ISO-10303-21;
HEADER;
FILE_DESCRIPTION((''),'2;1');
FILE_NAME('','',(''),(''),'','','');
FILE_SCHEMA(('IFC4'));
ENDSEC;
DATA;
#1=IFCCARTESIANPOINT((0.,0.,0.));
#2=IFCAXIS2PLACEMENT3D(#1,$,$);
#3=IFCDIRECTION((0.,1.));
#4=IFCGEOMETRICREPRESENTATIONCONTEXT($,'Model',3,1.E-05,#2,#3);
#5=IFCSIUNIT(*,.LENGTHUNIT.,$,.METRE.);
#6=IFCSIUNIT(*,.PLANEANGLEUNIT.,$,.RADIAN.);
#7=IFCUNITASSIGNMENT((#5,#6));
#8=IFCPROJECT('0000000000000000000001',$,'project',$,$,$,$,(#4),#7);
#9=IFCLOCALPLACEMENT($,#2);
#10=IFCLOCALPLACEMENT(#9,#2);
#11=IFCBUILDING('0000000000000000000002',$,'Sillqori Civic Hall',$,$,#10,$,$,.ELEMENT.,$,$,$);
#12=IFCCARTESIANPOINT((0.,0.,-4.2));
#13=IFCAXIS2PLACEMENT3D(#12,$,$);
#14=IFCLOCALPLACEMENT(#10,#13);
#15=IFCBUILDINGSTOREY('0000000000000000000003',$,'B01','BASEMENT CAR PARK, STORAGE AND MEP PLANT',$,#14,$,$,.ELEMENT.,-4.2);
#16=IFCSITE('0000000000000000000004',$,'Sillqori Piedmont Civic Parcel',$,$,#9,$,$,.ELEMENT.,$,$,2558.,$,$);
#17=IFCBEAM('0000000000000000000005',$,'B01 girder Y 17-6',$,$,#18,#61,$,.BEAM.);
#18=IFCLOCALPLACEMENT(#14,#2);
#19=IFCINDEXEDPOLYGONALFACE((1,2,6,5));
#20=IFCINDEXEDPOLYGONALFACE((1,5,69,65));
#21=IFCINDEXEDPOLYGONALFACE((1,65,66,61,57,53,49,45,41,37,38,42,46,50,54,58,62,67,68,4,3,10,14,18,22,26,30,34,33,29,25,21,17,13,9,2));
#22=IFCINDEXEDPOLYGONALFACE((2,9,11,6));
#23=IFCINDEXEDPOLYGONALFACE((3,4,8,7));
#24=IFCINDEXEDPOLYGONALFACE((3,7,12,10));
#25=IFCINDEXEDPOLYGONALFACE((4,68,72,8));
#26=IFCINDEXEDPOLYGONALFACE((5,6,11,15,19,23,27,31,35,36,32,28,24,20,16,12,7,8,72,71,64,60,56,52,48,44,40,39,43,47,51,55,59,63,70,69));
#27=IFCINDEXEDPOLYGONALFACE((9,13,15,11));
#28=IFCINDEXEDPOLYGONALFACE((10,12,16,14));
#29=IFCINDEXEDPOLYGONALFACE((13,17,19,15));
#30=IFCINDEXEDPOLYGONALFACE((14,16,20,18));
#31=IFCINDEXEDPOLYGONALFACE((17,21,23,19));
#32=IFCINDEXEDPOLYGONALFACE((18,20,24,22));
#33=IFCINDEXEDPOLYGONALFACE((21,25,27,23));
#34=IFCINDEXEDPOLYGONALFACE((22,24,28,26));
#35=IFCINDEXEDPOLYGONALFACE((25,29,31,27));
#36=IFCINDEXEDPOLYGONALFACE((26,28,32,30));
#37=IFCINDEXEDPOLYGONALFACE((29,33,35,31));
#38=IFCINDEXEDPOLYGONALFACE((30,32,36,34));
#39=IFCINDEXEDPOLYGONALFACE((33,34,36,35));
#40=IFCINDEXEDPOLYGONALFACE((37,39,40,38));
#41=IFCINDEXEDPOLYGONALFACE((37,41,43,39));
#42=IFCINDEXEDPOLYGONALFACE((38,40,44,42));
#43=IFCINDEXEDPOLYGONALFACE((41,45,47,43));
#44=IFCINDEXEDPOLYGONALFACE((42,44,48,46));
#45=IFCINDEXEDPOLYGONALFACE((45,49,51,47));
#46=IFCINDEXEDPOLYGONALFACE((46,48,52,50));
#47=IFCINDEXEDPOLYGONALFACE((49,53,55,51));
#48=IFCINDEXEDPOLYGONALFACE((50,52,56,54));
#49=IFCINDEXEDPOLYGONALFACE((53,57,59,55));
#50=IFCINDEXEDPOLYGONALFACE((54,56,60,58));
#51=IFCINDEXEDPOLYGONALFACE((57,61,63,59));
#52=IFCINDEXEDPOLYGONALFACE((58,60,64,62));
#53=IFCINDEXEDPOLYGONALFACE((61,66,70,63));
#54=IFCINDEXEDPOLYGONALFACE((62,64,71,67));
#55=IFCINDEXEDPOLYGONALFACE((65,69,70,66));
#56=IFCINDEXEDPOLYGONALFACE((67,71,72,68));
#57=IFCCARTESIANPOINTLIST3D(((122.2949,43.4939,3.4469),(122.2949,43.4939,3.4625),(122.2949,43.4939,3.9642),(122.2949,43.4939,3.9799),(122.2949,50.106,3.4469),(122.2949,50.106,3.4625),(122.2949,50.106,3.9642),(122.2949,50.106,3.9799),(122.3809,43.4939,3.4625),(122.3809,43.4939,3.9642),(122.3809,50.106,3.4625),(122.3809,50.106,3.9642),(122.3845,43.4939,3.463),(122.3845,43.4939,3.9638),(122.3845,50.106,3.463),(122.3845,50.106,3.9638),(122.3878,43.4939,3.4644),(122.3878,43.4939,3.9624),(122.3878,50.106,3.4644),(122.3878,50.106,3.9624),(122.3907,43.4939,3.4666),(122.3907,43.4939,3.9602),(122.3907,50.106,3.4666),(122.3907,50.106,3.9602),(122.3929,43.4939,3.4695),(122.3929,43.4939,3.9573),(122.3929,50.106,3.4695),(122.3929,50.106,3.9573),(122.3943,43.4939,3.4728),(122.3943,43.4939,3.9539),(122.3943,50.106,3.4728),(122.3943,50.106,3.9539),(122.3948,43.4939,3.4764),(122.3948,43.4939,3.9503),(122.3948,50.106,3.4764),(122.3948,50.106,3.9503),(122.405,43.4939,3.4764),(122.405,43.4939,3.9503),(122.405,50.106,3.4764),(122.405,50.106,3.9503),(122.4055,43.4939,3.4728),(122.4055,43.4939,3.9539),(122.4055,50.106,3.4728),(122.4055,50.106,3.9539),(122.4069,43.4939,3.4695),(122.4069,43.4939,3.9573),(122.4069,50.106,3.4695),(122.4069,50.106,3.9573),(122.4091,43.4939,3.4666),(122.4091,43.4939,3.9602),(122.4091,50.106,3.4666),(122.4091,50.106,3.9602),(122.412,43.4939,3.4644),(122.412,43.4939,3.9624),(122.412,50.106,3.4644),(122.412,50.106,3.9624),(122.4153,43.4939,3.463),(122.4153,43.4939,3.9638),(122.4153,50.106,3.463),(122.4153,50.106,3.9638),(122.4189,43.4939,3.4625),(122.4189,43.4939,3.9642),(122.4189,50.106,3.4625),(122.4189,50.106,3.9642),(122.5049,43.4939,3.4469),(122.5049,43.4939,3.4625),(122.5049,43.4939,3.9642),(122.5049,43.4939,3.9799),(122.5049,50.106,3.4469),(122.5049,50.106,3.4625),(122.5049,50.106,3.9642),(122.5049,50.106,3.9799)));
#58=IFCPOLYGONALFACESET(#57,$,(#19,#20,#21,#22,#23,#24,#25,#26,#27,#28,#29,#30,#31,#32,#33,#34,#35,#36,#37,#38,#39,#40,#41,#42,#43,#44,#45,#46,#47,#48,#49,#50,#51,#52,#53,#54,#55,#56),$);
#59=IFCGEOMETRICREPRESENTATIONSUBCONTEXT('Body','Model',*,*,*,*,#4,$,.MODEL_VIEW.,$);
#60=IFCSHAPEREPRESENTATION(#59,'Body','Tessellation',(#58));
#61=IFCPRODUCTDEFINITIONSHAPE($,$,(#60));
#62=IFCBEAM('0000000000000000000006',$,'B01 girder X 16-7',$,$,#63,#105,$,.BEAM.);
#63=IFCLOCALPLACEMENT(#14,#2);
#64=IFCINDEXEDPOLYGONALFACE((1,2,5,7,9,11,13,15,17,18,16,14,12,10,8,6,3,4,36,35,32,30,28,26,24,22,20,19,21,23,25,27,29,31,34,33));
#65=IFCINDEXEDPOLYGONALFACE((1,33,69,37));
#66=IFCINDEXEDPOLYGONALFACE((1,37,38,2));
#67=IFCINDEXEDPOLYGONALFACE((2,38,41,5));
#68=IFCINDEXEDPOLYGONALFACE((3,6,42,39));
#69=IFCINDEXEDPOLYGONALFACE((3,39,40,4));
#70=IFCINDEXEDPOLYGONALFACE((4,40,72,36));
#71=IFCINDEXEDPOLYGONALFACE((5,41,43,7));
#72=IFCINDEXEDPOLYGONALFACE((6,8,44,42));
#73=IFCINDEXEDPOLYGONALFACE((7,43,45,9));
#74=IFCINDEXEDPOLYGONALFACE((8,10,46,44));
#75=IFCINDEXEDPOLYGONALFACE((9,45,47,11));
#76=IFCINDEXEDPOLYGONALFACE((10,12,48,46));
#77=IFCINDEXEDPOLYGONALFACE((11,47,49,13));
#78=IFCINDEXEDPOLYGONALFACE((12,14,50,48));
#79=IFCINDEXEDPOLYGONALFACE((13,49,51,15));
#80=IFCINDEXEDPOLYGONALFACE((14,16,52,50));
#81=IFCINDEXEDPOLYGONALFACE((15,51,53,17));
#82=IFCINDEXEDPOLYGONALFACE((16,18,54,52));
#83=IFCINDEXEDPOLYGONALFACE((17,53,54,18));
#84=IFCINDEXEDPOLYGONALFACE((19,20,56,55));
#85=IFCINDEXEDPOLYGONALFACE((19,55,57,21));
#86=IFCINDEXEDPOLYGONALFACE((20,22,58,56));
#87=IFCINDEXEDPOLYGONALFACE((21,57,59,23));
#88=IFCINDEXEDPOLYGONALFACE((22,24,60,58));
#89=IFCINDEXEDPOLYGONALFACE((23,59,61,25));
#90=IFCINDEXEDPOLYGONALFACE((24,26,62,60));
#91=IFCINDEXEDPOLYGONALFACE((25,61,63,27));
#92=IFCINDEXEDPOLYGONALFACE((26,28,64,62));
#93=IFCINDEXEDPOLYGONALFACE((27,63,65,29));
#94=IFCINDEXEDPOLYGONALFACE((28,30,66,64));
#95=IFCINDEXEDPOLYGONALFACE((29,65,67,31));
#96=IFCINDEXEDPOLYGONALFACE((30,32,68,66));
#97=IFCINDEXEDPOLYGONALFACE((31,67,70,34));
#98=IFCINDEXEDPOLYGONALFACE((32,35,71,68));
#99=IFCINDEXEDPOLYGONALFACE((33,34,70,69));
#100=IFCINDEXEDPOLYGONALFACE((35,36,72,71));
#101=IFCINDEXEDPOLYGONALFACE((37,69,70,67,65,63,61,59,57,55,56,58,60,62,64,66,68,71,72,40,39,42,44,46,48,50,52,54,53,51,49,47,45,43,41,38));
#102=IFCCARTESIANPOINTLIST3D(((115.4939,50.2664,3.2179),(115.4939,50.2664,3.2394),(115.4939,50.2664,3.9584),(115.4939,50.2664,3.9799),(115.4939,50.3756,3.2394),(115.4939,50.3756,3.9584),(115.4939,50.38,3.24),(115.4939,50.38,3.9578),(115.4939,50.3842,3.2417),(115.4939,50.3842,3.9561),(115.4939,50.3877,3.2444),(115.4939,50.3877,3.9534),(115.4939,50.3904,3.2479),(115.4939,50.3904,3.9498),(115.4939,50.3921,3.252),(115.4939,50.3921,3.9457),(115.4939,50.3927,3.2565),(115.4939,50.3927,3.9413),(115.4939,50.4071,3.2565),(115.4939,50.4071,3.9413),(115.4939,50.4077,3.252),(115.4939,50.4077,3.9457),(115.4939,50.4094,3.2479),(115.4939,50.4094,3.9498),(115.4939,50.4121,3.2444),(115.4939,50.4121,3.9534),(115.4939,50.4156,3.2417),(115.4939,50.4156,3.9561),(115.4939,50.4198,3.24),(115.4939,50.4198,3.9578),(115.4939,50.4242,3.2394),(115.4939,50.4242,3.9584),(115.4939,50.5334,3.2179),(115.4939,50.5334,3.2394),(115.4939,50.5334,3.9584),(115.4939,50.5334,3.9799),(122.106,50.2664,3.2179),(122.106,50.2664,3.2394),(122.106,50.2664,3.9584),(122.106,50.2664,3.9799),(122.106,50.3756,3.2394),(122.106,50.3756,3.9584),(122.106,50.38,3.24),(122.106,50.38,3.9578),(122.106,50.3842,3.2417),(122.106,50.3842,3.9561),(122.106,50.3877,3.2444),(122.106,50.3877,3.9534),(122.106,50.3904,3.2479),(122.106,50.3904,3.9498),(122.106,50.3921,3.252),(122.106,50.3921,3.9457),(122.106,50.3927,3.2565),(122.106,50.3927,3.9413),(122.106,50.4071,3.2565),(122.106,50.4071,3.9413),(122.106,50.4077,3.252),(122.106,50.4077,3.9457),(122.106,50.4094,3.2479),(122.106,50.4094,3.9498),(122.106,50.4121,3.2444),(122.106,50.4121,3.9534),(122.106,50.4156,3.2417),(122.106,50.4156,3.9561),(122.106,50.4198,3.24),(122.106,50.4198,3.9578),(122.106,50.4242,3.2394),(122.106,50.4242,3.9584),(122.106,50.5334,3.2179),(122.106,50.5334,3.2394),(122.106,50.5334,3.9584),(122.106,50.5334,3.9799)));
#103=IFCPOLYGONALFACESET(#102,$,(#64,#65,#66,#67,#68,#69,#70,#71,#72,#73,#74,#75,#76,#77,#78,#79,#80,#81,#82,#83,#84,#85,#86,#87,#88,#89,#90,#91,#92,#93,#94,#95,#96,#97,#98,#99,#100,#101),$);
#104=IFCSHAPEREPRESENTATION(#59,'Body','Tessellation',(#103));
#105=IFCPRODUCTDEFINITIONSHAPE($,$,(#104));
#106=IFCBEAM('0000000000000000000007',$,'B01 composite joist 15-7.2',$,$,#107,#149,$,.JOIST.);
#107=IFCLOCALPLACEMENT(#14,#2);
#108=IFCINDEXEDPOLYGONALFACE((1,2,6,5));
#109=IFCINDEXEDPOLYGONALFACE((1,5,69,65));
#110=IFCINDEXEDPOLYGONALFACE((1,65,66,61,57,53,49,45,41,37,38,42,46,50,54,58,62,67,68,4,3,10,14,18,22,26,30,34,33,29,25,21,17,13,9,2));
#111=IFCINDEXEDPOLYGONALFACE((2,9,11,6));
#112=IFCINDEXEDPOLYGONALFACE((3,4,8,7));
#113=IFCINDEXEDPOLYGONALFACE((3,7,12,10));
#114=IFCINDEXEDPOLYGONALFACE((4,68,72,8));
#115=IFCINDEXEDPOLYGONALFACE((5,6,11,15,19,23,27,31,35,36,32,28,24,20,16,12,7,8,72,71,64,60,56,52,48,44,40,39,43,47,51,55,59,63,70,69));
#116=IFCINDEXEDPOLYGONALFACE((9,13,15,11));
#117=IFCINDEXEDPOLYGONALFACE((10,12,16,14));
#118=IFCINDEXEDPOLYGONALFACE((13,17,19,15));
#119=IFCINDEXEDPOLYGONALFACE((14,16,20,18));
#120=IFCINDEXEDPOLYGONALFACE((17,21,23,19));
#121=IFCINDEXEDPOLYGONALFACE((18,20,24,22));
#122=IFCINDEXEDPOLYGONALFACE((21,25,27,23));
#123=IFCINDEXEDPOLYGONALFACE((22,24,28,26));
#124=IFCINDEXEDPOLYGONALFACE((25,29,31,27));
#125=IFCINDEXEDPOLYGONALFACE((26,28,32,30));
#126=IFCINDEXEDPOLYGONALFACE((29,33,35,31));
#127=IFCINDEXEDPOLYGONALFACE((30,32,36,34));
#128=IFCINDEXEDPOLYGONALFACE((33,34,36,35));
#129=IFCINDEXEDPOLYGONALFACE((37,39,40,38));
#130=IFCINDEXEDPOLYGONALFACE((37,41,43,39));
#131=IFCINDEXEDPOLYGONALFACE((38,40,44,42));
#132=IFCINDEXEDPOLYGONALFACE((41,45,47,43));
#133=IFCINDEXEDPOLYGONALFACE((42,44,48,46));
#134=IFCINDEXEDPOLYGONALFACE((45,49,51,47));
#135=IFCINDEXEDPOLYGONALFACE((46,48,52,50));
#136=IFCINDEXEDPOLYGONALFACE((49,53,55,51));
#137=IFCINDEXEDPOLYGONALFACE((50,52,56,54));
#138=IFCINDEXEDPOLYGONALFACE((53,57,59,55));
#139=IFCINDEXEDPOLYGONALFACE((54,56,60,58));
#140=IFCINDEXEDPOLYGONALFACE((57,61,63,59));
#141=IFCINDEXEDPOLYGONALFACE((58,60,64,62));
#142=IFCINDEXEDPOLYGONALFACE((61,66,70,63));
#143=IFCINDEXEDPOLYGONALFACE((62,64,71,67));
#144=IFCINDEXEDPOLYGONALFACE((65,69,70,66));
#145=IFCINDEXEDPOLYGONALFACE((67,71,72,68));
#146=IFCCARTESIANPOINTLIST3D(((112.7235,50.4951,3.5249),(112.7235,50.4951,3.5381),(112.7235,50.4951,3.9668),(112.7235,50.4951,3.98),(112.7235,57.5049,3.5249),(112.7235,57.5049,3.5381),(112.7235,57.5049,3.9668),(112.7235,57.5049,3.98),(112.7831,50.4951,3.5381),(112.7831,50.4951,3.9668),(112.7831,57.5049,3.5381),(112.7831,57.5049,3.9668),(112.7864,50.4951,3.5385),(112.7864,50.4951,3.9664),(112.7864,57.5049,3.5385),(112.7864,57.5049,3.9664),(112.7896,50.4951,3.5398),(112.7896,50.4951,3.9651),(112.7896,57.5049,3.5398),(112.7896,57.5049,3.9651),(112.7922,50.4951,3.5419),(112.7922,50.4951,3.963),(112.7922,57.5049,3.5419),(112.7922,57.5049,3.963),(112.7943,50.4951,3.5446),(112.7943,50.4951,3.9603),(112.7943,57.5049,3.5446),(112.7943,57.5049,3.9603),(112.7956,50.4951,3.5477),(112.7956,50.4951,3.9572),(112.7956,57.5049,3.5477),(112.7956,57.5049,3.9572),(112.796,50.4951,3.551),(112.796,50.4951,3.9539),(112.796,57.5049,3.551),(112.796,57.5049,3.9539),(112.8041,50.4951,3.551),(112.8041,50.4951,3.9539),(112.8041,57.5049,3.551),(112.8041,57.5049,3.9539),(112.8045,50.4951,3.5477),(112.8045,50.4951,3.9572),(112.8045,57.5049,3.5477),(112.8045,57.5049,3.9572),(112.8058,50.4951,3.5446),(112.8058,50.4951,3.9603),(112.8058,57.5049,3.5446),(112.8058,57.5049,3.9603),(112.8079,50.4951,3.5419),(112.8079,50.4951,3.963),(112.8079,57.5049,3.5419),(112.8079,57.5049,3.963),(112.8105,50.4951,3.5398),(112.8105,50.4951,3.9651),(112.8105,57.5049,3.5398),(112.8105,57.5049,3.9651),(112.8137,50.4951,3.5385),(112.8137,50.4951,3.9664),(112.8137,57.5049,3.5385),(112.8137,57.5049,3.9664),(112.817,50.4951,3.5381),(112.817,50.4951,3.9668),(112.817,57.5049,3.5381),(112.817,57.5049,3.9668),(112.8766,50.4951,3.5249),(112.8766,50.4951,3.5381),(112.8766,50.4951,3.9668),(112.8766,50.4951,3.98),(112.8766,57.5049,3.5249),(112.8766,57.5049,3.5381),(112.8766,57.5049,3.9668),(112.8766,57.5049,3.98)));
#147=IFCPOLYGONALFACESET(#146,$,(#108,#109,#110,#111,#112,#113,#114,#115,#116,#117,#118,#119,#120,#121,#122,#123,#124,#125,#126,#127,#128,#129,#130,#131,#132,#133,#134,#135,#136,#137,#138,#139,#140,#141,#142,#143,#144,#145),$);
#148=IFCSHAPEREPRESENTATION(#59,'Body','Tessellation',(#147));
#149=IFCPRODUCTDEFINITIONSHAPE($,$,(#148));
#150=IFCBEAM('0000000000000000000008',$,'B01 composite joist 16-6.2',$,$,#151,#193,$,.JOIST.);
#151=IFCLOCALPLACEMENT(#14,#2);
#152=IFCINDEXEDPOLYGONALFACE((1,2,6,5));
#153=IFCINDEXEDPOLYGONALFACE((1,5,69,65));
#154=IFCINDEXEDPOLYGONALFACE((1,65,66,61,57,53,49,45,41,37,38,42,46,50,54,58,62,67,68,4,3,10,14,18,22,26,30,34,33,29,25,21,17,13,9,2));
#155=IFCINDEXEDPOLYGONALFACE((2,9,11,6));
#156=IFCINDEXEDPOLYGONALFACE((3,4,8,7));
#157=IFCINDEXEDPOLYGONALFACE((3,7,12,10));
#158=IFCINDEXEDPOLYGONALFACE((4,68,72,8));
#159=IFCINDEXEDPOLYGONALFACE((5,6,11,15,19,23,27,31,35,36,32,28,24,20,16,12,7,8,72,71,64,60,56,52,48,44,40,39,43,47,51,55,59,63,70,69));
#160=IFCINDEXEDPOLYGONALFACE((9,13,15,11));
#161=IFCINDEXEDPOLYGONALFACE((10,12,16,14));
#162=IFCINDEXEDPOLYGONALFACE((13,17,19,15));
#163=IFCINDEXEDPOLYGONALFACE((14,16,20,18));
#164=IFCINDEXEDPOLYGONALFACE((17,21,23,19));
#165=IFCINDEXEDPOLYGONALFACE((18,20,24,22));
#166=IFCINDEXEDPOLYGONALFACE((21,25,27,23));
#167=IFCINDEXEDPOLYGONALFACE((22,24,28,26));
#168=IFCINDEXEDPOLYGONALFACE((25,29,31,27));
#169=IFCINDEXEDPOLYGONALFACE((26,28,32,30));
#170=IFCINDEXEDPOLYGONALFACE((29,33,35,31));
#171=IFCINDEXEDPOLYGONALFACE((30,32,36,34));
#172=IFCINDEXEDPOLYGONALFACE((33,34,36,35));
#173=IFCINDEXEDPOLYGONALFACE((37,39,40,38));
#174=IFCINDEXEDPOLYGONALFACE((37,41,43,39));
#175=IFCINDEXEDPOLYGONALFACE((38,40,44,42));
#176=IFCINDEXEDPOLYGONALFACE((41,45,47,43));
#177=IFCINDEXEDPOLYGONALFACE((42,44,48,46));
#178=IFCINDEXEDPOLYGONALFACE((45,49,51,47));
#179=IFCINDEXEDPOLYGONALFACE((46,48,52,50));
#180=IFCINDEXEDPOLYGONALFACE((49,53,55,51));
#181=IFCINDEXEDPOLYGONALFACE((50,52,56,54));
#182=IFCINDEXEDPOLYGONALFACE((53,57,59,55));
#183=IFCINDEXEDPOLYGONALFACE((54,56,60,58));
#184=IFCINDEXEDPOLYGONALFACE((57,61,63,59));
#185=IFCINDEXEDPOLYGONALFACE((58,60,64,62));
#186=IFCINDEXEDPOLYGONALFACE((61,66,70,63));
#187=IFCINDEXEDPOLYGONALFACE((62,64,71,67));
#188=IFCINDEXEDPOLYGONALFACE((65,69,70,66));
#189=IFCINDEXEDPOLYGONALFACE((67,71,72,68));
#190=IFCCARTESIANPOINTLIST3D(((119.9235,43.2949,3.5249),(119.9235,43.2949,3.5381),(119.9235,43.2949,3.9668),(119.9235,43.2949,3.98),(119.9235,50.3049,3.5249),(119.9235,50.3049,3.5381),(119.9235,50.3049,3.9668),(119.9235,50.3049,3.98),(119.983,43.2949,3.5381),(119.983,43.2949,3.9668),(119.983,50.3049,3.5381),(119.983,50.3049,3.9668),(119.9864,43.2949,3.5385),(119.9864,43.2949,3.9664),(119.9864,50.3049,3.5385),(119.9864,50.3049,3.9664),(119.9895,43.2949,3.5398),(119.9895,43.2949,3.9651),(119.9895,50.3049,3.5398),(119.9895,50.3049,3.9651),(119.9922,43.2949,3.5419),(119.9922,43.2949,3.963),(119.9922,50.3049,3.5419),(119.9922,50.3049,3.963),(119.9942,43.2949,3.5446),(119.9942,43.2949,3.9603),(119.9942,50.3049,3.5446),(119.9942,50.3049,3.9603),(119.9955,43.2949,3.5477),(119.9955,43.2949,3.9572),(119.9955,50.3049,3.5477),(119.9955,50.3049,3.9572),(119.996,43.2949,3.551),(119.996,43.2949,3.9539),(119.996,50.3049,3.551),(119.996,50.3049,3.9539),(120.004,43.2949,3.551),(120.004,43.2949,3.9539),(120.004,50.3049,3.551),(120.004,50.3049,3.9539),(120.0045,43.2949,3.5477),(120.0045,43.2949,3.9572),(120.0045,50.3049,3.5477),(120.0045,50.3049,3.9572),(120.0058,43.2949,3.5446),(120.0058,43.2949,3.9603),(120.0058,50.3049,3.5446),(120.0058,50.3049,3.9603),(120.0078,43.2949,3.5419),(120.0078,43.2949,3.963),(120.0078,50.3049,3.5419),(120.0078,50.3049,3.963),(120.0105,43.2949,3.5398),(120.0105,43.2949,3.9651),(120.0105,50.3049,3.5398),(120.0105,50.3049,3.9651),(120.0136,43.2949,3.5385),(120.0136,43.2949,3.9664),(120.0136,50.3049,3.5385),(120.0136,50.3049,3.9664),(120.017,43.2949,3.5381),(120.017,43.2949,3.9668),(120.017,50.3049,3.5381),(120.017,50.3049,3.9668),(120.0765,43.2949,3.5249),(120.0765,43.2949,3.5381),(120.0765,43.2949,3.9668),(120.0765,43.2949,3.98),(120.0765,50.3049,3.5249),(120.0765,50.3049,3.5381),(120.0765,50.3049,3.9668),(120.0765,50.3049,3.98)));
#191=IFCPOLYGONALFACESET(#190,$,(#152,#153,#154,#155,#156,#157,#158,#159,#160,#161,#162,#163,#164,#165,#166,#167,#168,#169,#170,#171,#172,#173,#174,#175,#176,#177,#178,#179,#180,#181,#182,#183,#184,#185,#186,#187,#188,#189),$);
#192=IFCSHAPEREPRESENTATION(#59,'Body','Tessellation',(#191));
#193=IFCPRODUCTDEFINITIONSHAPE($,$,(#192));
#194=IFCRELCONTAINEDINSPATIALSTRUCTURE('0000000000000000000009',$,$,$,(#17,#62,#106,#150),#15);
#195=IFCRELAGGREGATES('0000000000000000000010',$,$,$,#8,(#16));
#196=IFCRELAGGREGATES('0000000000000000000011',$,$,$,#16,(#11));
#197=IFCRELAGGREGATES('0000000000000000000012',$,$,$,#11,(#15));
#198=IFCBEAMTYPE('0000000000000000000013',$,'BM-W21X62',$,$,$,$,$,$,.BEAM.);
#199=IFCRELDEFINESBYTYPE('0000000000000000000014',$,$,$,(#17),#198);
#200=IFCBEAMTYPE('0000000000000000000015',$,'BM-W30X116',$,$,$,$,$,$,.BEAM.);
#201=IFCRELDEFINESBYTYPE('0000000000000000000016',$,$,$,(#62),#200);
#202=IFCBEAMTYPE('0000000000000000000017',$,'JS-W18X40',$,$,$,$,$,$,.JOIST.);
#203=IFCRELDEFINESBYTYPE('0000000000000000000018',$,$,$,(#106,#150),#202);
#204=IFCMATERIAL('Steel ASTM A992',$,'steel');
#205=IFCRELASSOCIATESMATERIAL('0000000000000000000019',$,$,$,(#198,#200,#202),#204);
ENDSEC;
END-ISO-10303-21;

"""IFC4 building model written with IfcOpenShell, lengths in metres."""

from ifc_helpers import new_model, si_unit, direction, frame, origin, origin_2d, place, context, subcontext, project, spatial, i_section, extrude, material, material_profile, profile_set, type_object, element, save


model = new_model("IFC4")

# Units and contexts
model_context = context("Model", 3, precision=1e-05, world=origin(), true_north=direction((0.0, 1.0)))
body_context = subcontext(model_context, "Body", "Model", "MODEL_VIEW")
ifc_project = project(units=[si_unit("LENGTHUNIT", "METRE"), si_unit("PLANEANGLEUNIT", "RADIAN")], contexts=[model_context])

# Site, building, storey
site_placement = place(None, origin())
site = spatial("IfcSite", under=ifc_project, at=site_placement, Name="Sillqori Piedmont Civic Parcel", CompositionType="ELEMENT", RefElevation=2558.0)
building_placement = place(site_placement, origin())
building = spatial("IfcBuilding", under=site, at=building_placement, Name="Sillqori Civic Hall", CompositionType="ELEMENT")
storey_placement = place(building_placement, frame((0.0, 0.0, -4.2)))
storey = spatial("IfcBuildingStorey", under=building, at=storey_placement, Name="B01", Description="BASEMENT CAR PARK, STORAGE AND MEP PLANT", CompositionType="ELEMENT", Elevation=-4.2)

# Beams
ifc_material_1 = material(Name="Steel ASTM A992", Category="steel")
ifc_material_profile_1 = material_profile(ifc_material_1, i_section(OverallWidth=0.21, OverallDepth=0.533, WebThickness=0.0103, FlangeThickness=0.0156, FilletRadius=0.0139, at=origin_2d()), Name="W21X62")
ifc_profile_set_1 = profile_set([ifc_material_profile_1], Name="Steel ASTM A992")
beam_type_1 = type_object("IfcBeamType", Name="BM-W21X62", PredefinedType="BEAM", material=ifc_profile_set_1)
beam_1_placement = place(storey_placement, frame((122.3999, 43.4939, 3.7134), z_axis=(0.0, 1.0, 0.0), x_axis=(-1.0, 0.0, 0.0)))
element("IfcBeam", 1, at=beam_1_placement, inside=storey, type_object=beam_type_1, Name="B01 girder Y 17-6", PredefinedType="BEAM", context=body_context, shape_type="SweptSolid", body=[
    extrude(i_section(OverallWidth=0.21, OverallDepth=0.533, WebThickness=0.0103, FlangeThickness=0.0156, FilletRadius=0.0139, at=origin_2d()), origin(), (0.0, 0.0, 1.0), 6.6121),
])
ifc_material_profile_2 = material_profile(ifc_material_1, i_section(OverallWidth=0.2671, OverallDepth=0.762, WebThickness=0.0144, FlangeThickness=0.0215, FilletRadius=0.0171, at=origin_2d()), Name="W30X116")
ifc_profile_set_2 = profile_set([ifc_material_profile_2], Name="Steel ASTM A992")
beam_type_2 = type_object("IfcBeamType", Name="BM-W30X116", PredefinedType="BEAM", material=ifc_profile_set_2)
beam_2_placement = place(storey_placement, frame((115.4939, 50.3999, 3.5989), z_axis=(1.0, 0.0, 0.0), x_axis=(0.0, 1.0, 0.0)))
element("IfcBeam", 2, at=beam_2_placement, inside=storey, type_object=beam_type_2, Name="B01 girder X 16-7", PredefinedType="BEAM", context=body_context, shape_type="SweptSolid", body=[
    extrude(i_section(OverallWidth=0.2671, OverallDepth=0.762, WebThickness=0.0144, FlangeThickness=0.0215, FilletRadius=0.0171, at=origin_2d()), origin(), (0.0, 0.0, 1.0), 6.6121),
])
ifc_material_profile_3 = material_profile(ifc_material_1, i_section(OverallWidth=0.1531, OverallDepth=0.4551, WebThickness=0.0081, FlangeThickness=0.0132, FilletRadius=0.0129, at=origin_2d()), Name="W18X40")
ifc_profile_set_3 = profile_set([ifc_material_profile_3], Name="Steel ASTM A992")
beam_type_3 = type_object("IfcBeamType", Name="JS-W18X40", PredefinedType="JOIST", material=ifc_profile_set_3)
beam_3_placement = place(storey_placement, frame((112.8, 50.4951, 3.7524), z_axis=(0.0, 1.0, 0.0), x_axis=(-1.0, 0.0, 0.0)))
element("IfcBeam", 3, at=beam_3_placement, inside=storey, type_object=beam_type_3, Name="B01 composite joist 15-7.2", PredefinedType="JOIST", context=body_context, shape_type="SweptSolid", body=[
    extrude(i_section(OverallWidth=0.1531, OverallDepth=0.4551, WebThickness=0.0081, FlangeThickness=0.0132, FilletRadius=0.0129, at=origin_2d()), origin(), (0.0, 0.0, 1.0), 7.0098),
])
beam_4_placement = place(storey_placement, frame((120.0, 43.2949, 3.7524), z_axis=(0.0, 1.0, 0.0), x_axis=(-1.0, 0.0, 0.0)))
element("IfcBeam", 4, at=beam_4_placement, inside=storey, type_object=beam_type_3, Name="B01 composite joist 16-6.2", PredefinedType="JOIST", context=body_context, shape_type="SweptSolid", body=[
    extrude(i_section(OverallWidth=0.1531, OverallDepth=0.4551, WebThickness=0.0081, FlangeThickness=0.0132, FilletRadius=0.0129, at=origin_2d()), origin(), (0.0, 0.0, 1.0), 7.01),
])

save(model, "model.ifc")
